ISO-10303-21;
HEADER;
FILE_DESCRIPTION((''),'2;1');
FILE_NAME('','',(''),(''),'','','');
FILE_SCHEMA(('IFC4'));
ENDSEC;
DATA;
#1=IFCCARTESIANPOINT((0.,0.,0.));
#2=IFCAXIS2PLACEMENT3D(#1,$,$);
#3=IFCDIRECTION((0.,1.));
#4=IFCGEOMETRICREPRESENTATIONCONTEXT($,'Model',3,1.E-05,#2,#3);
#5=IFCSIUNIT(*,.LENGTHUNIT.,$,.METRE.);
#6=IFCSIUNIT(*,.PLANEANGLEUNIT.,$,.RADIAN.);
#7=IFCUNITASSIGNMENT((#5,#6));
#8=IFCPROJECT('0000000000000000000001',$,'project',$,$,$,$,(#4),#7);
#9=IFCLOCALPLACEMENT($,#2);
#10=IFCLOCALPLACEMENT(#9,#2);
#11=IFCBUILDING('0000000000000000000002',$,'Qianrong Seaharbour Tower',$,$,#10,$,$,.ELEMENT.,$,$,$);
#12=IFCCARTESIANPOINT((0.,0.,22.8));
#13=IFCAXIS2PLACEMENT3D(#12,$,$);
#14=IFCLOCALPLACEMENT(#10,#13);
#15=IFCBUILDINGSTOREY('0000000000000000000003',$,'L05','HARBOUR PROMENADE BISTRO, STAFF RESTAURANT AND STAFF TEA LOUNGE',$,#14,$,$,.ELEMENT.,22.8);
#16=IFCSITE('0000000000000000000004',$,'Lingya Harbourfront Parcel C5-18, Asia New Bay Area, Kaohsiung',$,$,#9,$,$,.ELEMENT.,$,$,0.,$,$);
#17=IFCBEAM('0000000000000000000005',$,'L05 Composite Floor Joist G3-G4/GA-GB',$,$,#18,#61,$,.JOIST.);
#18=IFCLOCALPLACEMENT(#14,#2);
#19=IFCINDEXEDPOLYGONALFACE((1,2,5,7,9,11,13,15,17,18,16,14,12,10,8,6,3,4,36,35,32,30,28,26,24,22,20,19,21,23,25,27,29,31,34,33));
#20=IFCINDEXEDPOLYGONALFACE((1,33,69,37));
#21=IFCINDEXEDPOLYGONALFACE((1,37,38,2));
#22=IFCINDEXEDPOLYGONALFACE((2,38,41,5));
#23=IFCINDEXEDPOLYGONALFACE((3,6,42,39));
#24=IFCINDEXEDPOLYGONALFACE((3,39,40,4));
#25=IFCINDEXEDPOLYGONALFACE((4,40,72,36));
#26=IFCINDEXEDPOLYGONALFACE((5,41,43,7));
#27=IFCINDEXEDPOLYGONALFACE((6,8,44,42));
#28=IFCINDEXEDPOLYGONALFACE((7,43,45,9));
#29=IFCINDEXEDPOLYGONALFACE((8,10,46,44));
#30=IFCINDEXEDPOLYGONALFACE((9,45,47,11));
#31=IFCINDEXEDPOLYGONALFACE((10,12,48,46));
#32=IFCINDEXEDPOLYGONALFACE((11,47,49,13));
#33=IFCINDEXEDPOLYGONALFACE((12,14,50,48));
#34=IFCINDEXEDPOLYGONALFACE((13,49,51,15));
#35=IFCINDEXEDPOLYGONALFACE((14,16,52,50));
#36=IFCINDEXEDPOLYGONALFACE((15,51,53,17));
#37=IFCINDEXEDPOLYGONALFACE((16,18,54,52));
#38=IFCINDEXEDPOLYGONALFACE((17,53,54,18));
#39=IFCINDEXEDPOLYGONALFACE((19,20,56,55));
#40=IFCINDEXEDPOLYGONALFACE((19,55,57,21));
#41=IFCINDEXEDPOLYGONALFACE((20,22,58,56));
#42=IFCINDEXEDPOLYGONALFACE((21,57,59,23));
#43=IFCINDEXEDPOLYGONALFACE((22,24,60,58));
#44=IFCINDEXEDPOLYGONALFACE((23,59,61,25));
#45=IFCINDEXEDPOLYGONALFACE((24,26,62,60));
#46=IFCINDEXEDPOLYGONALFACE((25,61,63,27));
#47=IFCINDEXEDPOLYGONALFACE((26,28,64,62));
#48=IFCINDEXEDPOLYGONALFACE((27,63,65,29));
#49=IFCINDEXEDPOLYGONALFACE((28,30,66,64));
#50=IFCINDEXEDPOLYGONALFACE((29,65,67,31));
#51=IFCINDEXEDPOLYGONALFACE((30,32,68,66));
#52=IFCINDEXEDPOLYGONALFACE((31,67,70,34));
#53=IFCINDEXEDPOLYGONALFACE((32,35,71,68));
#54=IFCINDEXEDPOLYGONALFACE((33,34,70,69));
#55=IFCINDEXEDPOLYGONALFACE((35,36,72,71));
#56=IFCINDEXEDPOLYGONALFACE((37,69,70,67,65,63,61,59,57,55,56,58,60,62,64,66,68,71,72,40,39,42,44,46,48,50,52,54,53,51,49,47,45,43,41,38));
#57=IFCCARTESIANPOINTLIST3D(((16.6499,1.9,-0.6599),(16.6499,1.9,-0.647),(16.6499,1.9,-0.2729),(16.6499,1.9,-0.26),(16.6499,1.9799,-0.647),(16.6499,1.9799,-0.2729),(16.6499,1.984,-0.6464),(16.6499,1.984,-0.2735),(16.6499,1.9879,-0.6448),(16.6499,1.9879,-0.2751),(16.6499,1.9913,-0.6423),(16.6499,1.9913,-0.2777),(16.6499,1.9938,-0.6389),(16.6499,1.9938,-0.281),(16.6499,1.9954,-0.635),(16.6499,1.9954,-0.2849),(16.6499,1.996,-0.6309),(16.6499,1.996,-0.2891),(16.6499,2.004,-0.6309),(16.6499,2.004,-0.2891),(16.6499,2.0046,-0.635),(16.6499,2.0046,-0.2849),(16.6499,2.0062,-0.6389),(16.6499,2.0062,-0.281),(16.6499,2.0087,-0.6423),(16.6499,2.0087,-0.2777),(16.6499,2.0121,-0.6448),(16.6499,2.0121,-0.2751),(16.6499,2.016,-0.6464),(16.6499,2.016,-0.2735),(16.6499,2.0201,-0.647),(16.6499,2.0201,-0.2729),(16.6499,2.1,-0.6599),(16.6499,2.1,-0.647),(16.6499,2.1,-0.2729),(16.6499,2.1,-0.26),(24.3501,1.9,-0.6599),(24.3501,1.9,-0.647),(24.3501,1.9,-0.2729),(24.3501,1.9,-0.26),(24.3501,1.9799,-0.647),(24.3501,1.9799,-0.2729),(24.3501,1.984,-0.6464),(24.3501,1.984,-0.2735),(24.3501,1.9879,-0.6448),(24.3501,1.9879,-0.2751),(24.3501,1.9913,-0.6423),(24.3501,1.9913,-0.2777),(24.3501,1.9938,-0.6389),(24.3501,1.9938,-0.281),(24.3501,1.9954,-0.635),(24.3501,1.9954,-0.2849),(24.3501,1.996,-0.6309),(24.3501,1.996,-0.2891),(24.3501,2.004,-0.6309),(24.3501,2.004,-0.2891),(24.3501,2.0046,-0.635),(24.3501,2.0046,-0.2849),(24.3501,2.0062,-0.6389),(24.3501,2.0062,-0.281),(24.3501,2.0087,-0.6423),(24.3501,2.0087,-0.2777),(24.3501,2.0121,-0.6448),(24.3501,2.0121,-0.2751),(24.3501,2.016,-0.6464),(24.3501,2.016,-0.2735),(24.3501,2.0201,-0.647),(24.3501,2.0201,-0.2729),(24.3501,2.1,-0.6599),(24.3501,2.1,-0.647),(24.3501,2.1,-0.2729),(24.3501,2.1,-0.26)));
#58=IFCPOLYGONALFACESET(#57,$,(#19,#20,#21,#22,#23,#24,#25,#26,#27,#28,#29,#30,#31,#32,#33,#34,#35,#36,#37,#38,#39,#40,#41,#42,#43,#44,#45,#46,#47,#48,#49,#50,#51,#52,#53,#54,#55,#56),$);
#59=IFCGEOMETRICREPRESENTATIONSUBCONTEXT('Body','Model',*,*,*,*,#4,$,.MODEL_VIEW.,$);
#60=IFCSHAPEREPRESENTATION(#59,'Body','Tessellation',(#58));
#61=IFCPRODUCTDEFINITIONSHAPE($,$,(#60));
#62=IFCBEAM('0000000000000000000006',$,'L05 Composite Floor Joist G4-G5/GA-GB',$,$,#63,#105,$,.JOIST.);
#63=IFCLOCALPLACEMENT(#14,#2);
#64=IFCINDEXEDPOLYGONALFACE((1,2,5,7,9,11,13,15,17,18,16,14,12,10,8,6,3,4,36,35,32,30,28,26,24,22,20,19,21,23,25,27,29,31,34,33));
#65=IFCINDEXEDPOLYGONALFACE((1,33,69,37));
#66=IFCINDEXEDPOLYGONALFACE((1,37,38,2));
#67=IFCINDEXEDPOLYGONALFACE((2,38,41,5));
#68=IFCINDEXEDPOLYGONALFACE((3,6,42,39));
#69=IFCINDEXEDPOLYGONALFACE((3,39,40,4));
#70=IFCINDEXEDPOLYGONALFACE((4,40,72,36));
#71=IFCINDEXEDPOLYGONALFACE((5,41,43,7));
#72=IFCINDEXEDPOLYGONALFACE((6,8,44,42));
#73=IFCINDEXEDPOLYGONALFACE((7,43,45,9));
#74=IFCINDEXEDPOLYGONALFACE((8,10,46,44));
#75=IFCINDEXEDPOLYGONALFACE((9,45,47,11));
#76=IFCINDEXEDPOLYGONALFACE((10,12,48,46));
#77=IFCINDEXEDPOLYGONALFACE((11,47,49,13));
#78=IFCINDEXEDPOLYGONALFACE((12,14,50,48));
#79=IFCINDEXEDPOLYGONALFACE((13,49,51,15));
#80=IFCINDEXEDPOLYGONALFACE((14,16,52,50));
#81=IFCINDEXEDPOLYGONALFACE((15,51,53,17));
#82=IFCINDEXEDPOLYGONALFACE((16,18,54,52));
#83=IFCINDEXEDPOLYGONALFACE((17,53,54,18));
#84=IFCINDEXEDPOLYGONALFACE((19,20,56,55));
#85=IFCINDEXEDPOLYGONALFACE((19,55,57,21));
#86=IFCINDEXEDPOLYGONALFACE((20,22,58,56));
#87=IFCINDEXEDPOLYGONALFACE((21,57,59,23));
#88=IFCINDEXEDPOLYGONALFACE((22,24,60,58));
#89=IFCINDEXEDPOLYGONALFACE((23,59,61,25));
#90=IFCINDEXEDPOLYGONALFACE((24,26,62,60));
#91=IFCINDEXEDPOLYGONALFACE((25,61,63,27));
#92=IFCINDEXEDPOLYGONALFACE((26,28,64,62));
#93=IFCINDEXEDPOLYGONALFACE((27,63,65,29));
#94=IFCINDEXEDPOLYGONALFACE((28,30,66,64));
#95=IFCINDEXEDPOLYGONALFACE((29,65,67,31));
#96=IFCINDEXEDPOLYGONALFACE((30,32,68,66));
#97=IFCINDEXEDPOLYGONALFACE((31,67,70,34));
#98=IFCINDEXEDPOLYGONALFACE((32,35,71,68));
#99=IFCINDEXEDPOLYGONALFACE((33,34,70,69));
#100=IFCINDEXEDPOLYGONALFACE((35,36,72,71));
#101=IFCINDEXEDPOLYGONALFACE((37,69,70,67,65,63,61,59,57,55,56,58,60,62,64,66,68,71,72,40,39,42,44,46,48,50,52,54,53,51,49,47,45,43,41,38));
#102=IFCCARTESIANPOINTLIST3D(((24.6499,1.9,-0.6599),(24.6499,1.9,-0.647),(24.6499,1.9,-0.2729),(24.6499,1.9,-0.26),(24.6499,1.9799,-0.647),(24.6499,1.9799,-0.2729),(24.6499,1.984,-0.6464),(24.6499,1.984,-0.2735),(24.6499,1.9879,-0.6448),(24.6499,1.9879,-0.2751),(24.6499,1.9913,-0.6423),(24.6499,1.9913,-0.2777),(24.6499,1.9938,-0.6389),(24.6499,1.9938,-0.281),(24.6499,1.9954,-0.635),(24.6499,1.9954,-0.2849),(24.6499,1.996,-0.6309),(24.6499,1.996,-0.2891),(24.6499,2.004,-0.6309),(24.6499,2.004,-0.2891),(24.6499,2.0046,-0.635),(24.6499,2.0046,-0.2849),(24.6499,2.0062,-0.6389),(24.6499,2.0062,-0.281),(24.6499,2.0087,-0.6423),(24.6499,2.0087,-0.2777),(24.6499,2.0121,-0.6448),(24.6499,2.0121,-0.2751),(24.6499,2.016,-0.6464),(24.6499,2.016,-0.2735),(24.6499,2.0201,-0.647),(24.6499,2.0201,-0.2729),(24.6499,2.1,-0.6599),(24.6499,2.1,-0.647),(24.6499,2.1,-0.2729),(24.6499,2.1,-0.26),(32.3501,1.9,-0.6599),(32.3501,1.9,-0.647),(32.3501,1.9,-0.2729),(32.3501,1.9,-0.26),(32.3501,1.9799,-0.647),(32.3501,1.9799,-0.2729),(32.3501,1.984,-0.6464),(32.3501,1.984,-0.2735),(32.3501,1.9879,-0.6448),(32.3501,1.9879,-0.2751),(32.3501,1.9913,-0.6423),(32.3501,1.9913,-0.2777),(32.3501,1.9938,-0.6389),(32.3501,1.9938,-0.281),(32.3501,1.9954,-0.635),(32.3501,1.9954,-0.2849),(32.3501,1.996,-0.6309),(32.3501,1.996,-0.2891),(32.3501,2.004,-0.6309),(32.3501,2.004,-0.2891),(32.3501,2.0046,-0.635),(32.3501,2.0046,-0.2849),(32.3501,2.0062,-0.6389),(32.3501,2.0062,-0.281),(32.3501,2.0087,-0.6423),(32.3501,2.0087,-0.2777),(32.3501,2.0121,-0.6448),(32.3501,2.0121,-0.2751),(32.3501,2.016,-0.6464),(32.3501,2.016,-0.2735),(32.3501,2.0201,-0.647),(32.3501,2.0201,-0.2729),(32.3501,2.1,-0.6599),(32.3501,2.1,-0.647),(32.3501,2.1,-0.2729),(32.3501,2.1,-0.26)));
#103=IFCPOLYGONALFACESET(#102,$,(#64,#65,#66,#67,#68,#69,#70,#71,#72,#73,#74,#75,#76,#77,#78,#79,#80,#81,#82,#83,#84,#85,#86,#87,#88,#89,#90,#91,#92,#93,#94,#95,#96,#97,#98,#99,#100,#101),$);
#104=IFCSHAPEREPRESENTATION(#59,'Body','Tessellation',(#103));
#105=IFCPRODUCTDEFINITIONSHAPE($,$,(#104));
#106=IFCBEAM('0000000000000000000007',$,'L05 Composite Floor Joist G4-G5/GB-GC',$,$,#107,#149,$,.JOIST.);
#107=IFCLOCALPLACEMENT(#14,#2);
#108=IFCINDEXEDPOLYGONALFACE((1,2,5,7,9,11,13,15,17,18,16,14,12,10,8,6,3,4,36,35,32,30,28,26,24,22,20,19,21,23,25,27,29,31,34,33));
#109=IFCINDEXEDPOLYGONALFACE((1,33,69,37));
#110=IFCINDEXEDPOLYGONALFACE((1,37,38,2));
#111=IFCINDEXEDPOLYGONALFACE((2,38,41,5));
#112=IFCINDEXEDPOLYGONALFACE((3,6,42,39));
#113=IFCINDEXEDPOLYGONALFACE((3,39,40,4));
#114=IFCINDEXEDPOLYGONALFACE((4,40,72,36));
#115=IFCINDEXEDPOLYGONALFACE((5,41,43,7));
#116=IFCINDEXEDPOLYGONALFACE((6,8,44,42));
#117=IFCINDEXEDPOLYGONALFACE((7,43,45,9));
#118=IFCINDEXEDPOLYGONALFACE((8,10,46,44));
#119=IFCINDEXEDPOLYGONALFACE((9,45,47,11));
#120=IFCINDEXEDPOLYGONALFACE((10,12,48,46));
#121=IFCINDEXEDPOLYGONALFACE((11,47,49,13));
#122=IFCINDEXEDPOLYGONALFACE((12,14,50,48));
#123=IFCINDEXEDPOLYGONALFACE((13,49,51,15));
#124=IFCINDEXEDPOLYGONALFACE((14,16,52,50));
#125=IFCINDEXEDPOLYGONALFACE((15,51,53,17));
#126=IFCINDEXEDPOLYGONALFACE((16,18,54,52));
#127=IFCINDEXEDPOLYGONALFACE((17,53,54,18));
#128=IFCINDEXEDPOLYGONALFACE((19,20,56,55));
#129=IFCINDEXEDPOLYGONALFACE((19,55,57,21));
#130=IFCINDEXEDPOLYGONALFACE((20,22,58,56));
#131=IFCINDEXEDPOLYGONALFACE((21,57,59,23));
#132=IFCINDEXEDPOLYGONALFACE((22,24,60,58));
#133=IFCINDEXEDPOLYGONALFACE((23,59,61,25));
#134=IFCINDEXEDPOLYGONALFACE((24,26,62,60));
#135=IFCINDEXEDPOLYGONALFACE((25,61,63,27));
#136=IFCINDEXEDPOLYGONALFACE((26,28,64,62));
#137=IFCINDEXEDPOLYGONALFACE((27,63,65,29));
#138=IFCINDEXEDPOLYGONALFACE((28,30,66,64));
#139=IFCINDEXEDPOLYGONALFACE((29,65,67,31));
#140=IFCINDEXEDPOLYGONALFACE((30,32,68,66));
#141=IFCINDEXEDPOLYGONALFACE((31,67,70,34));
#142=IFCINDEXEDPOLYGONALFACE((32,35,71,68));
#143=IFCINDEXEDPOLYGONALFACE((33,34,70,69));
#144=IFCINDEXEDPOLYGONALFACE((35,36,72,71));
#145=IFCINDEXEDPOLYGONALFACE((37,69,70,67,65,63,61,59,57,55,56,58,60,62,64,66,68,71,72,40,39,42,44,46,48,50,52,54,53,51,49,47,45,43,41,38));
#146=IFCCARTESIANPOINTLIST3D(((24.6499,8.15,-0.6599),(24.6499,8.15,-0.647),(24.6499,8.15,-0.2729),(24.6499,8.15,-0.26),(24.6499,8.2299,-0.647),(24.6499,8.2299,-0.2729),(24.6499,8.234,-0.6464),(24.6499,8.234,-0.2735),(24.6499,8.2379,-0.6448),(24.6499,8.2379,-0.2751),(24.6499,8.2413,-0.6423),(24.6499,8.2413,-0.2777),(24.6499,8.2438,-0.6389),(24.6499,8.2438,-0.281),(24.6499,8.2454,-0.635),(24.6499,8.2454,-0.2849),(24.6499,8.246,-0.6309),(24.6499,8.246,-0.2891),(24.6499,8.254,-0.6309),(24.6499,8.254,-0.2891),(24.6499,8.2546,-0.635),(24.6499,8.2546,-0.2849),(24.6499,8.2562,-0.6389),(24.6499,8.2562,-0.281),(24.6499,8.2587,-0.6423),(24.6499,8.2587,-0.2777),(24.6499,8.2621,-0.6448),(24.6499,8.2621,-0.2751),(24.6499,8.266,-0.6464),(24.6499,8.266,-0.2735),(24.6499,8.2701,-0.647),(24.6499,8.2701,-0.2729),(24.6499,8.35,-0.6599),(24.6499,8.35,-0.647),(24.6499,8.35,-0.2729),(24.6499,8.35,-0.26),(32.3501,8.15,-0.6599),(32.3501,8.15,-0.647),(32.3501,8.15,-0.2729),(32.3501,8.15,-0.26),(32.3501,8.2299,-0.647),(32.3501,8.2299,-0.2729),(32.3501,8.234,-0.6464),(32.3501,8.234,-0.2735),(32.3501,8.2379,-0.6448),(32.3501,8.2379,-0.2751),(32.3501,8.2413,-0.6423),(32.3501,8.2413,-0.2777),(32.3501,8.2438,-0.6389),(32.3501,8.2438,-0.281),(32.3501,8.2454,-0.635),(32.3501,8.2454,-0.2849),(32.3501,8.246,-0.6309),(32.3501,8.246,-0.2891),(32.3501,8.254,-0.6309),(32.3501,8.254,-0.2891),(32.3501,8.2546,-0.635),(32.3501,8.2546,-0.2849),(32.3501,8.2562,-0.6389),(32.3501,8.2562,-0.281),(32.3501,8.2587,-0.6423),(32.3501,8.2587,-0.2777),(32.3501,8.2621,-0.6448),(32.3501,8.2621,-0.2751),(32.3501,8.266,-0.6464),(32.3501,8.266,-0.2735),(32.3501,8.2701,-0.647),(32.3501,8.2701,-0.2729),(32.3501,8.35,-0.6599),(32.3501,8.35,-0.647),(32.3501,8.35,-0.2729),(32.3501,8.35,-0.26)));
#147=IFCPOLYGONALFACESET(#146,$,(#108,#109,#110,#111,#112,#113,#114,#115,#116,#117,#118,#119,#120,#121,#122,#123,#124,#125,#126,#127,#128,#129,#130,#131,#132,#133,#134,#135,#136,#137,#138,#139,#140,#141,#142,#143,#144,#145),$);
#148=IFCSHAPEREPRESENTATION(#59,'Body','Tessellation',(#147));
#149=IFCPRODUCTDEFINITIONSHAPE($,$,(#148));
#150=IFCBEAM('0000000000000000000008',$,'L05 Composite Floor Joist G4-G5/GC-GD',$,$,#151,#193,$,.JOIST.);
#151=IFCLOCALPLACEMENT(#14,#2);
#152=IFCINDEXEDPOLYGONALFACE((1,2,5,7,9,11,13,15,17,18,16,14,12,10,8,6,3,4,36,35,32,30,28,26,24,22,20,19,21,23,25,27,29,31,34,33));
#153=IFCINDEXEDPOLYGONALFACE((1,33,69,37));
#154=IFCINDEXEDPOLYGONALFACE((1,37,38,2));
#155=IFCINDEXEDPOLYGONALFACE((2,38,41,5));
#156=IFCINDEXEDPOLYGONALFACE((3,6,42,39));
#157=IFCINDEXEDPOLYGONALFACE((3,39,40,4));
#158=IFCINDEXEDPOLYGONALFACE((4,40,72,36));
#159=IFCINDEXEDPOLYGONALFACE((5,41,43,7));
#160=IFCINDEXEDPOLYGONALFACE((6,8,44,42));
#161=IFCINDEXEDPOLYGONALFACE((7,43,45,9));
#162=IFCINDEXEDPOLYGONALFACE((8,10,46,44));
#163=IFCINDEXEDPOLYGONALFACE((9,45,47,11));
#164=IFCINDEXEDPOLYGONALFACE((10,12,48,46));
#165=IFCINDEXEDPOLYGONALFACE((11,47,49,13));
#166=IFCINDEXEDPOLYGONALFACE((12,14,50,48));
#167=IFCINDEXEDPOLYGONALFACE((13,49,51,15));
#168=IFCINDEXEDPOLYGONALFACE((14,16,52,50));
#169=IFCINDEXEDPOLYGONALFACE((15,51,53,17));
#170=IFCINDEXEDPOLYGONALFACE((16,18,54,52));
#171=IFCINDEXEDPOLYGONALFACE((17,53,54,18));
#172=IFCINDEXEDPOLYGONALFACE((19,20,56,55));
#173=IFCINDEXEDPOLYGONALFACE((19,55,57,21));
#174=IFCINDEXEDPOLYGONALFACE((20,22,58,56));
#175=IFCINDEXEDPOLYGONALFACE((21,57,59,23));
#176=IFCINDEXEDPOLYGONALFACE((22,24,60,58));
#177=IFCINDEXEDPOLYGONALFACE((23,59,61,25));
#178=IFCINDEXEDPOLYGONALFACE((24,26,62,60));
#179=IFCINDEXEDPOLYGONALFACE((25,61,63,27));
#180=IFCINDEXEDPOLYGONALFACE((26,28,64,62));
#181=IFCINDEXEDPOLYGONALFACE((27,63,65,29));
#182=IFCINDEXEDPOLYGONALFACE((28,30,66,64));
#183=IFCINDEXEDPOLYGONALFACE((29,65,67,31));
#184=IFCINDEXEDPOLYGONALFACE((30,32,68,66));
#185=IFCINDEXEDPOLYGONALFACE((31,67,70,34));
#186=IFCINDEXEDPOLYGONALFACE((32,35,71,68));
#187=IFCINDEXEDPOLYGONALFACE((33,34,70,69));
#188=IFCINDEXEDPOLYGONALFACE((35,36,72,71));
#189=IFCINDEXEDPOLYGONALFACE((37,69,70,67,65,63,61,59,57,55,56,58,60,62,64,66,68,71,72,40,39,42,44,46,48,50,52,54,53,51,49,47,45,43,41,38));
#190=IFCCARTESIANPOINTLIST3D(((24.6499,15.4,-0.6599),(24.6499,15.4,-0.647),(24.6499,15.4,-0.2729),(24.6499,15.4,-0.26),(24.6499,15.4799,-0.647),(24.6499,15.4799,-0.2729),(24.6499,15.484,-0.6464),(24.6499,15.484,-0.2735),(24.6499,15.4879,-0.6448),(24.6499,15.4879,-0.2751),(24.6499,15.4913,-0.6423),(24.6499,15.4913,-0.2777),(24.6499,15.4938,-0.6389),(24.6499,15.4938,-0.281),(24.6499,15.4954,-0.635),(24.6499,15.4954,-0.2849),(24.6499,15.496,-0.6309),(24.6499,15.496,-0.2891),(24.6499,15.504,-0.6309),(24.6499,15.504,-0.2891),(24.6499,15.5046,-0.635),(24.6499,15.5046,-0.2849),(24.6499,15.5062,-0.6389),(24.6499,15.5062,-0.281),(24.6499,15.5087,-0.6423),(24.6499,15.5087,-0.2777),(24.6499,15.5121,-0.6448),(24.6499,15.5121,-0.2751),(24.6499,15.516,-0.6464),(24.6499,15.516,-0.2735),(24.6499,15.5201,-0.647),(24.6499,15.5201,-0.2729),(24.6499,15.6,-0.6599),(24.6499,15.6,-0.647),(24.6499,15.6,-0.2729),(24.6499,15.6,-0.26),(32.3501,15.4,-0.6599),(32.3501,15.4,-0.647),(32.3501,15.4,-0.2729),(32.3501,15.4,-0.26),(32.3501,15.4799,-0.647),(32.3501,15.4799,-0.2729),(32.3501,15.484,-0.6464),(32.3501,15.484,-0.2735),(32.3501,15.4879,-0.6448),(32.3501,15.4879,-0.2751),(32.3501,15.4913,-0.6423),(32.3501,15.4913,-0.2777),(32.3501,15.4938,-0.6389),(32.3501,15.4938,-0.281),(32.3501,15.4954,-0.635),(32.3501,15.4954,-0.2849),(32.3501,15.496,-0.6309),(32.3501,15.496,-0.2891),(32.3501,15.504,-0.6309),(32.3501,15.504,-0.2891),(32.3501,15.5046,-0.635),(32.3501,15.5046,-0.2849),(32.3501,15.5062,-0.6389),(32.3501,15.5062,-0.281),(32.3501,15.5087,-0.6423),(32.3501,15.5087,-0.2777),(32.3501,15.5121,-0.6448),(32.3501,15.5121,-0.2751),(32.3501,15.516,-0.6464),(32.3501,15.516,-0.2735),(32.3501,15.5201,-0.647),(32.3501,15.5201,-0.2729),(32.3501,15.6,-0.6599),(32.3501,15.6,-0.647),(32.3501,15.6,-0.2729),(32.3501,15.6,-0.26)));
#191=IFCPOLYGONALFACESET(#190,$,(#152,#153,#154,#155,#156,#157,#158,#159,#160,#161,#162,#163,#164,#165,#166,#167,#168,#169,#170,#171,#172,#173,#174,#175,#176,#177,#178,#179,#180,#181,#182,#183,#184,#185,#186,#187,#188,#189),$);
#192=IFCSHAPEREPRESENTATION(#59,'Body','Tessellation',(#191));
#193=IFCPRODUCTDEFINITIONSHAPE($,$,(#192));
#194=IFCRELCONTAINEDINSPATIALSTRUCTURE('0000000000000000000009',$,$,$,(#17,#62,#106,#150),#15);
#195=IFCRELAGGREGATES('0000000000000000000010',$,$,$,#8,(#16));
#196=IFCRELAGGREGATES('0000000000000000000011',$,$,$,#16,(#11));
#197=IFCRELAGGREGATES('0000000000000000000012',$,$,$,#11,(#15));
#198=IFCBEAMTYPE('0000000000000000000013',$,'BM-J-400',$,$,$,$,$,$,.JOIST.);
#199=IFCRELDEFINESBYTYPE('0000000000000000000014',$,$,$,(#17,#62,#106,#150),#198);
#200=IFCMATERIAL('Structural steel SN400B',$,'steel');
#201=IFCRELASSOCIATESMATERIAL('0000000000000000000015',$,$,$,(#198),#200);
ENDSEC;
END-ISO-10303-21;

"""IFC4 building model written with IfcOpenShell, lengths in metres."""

from ifc_helpers import new_model, si_unit, direction, frame, origin, origin_2d, place, context, subcontext, project, spatial, i_section, extrude, material, material_profile, profile_set, type_object, element, save


model = new_model("IFC4")

# Units and contexts
model_context = context("Model", 3, precision=1e-05, world=origin(), true_north=direction((0.0, 1.0)))
body_context = subcontext(model_context, "Body", "Model", "MODEL_VIEW")
ifc_project = project(units=[si_unit("LENGTHUNIT", "METRE"), si_unit("PLANEANGLEUNIT", "RADIAN")], contexts=[model_context])

# Site, building, storey
site_placement = place(None, origin())
site = spatial("IfcSite", under=ifc_project, at=site_placement, Name="Lingya Harbourfront Parcel C5-18, Asia New Bay Area, Kaohsiung", CompositionType="ELEMENT", RefElevation=0.0)
building_placement = place(site_placement, origin())
building = spatial("IfcBuilding", under=site, at=building_placement, Name="Qianrong Seaharbour Tower", CompositionType="ELEMENT")
storey_placement = place(building_placement, frame((0.0, 0.0, 22.8)))
storey = spatial("IfcBuildingStorey", under=building, at=storey_placement, Name="L05", Description="HARBOUR PROMENADE BISTRO, STAFF RESTAURANT AND STAFF TEA LOUNGE", CompositionType="ELEMENT", Elevation=22.8)

# Beams
ifc_material_1 = material(Name="Structural steel SN400B", Category="steel")
ifc_material_profile_1 = material_profile(ifc_material_1, i_section(OverallWidth=0.2, OverallDepth=0.3999, WebThickness=0.0081, FlangeThickness=0.0129, FilletRadius=0.0161, at=origin_2d()), Name="H400x200x8x13")
ifc_profile_set_1 = profile_set([ifc_material_profile_1], Name="Structural steel SN400B")
beam_type_1 = type_object("IfcBeamType", Name="BM-J-400", PredefinedType="JOIST", material=ifc_profile_set_1)
for number, where, z_axis, x_axis, name in (
    (1, (16.6499, 2.0, -0.46), (1.0, 0.0, 0.0), (0.0, 1.0, 0.0), "L05 Composite Floor Joist G3-G4/GA-GB"),
    (2, (24.6499, 2.0, -0.46), (1.0, 0.0, 0.0), (0.0, 1.0, 0.0), "L05 Composite Floor Joist G4-G5/GA-GB"),
    (3, (24.6499, 8.25, -0.46), (1.0, 0.0, 0.0), (0.0, 1.0, 0.0), "L05 Composite Floor Joist G4-G5/GB-GC"),
    (4, (24.6499, 15.5, -0.46), (1.0, 0.0, 0.0), (0.0, 1.0, 0.0), "L05 Composite Floor Joist G4-G5/GC-GD"),
):
    element("IfcBeam", number, at=place(storey_placement, frame(where, z_axis=z_axis, x_axis=x_axis)), inside=storey, type_object=beam_type_1, Name=name, PredefinedType="JOIST", context=body_context, shape_type="SweptSolid", body=[
        extrude(i_section(OverallWidth=0.2, OverallDepth=0.3999, WebThickness=0.0081, FlangeThickness=0.0129, FilletRadius=0.0161, at=origin_2d()), origin(), (0.0, 0.0, 1.0), 7.7002),
    ])

save(model, "model.ifc")
